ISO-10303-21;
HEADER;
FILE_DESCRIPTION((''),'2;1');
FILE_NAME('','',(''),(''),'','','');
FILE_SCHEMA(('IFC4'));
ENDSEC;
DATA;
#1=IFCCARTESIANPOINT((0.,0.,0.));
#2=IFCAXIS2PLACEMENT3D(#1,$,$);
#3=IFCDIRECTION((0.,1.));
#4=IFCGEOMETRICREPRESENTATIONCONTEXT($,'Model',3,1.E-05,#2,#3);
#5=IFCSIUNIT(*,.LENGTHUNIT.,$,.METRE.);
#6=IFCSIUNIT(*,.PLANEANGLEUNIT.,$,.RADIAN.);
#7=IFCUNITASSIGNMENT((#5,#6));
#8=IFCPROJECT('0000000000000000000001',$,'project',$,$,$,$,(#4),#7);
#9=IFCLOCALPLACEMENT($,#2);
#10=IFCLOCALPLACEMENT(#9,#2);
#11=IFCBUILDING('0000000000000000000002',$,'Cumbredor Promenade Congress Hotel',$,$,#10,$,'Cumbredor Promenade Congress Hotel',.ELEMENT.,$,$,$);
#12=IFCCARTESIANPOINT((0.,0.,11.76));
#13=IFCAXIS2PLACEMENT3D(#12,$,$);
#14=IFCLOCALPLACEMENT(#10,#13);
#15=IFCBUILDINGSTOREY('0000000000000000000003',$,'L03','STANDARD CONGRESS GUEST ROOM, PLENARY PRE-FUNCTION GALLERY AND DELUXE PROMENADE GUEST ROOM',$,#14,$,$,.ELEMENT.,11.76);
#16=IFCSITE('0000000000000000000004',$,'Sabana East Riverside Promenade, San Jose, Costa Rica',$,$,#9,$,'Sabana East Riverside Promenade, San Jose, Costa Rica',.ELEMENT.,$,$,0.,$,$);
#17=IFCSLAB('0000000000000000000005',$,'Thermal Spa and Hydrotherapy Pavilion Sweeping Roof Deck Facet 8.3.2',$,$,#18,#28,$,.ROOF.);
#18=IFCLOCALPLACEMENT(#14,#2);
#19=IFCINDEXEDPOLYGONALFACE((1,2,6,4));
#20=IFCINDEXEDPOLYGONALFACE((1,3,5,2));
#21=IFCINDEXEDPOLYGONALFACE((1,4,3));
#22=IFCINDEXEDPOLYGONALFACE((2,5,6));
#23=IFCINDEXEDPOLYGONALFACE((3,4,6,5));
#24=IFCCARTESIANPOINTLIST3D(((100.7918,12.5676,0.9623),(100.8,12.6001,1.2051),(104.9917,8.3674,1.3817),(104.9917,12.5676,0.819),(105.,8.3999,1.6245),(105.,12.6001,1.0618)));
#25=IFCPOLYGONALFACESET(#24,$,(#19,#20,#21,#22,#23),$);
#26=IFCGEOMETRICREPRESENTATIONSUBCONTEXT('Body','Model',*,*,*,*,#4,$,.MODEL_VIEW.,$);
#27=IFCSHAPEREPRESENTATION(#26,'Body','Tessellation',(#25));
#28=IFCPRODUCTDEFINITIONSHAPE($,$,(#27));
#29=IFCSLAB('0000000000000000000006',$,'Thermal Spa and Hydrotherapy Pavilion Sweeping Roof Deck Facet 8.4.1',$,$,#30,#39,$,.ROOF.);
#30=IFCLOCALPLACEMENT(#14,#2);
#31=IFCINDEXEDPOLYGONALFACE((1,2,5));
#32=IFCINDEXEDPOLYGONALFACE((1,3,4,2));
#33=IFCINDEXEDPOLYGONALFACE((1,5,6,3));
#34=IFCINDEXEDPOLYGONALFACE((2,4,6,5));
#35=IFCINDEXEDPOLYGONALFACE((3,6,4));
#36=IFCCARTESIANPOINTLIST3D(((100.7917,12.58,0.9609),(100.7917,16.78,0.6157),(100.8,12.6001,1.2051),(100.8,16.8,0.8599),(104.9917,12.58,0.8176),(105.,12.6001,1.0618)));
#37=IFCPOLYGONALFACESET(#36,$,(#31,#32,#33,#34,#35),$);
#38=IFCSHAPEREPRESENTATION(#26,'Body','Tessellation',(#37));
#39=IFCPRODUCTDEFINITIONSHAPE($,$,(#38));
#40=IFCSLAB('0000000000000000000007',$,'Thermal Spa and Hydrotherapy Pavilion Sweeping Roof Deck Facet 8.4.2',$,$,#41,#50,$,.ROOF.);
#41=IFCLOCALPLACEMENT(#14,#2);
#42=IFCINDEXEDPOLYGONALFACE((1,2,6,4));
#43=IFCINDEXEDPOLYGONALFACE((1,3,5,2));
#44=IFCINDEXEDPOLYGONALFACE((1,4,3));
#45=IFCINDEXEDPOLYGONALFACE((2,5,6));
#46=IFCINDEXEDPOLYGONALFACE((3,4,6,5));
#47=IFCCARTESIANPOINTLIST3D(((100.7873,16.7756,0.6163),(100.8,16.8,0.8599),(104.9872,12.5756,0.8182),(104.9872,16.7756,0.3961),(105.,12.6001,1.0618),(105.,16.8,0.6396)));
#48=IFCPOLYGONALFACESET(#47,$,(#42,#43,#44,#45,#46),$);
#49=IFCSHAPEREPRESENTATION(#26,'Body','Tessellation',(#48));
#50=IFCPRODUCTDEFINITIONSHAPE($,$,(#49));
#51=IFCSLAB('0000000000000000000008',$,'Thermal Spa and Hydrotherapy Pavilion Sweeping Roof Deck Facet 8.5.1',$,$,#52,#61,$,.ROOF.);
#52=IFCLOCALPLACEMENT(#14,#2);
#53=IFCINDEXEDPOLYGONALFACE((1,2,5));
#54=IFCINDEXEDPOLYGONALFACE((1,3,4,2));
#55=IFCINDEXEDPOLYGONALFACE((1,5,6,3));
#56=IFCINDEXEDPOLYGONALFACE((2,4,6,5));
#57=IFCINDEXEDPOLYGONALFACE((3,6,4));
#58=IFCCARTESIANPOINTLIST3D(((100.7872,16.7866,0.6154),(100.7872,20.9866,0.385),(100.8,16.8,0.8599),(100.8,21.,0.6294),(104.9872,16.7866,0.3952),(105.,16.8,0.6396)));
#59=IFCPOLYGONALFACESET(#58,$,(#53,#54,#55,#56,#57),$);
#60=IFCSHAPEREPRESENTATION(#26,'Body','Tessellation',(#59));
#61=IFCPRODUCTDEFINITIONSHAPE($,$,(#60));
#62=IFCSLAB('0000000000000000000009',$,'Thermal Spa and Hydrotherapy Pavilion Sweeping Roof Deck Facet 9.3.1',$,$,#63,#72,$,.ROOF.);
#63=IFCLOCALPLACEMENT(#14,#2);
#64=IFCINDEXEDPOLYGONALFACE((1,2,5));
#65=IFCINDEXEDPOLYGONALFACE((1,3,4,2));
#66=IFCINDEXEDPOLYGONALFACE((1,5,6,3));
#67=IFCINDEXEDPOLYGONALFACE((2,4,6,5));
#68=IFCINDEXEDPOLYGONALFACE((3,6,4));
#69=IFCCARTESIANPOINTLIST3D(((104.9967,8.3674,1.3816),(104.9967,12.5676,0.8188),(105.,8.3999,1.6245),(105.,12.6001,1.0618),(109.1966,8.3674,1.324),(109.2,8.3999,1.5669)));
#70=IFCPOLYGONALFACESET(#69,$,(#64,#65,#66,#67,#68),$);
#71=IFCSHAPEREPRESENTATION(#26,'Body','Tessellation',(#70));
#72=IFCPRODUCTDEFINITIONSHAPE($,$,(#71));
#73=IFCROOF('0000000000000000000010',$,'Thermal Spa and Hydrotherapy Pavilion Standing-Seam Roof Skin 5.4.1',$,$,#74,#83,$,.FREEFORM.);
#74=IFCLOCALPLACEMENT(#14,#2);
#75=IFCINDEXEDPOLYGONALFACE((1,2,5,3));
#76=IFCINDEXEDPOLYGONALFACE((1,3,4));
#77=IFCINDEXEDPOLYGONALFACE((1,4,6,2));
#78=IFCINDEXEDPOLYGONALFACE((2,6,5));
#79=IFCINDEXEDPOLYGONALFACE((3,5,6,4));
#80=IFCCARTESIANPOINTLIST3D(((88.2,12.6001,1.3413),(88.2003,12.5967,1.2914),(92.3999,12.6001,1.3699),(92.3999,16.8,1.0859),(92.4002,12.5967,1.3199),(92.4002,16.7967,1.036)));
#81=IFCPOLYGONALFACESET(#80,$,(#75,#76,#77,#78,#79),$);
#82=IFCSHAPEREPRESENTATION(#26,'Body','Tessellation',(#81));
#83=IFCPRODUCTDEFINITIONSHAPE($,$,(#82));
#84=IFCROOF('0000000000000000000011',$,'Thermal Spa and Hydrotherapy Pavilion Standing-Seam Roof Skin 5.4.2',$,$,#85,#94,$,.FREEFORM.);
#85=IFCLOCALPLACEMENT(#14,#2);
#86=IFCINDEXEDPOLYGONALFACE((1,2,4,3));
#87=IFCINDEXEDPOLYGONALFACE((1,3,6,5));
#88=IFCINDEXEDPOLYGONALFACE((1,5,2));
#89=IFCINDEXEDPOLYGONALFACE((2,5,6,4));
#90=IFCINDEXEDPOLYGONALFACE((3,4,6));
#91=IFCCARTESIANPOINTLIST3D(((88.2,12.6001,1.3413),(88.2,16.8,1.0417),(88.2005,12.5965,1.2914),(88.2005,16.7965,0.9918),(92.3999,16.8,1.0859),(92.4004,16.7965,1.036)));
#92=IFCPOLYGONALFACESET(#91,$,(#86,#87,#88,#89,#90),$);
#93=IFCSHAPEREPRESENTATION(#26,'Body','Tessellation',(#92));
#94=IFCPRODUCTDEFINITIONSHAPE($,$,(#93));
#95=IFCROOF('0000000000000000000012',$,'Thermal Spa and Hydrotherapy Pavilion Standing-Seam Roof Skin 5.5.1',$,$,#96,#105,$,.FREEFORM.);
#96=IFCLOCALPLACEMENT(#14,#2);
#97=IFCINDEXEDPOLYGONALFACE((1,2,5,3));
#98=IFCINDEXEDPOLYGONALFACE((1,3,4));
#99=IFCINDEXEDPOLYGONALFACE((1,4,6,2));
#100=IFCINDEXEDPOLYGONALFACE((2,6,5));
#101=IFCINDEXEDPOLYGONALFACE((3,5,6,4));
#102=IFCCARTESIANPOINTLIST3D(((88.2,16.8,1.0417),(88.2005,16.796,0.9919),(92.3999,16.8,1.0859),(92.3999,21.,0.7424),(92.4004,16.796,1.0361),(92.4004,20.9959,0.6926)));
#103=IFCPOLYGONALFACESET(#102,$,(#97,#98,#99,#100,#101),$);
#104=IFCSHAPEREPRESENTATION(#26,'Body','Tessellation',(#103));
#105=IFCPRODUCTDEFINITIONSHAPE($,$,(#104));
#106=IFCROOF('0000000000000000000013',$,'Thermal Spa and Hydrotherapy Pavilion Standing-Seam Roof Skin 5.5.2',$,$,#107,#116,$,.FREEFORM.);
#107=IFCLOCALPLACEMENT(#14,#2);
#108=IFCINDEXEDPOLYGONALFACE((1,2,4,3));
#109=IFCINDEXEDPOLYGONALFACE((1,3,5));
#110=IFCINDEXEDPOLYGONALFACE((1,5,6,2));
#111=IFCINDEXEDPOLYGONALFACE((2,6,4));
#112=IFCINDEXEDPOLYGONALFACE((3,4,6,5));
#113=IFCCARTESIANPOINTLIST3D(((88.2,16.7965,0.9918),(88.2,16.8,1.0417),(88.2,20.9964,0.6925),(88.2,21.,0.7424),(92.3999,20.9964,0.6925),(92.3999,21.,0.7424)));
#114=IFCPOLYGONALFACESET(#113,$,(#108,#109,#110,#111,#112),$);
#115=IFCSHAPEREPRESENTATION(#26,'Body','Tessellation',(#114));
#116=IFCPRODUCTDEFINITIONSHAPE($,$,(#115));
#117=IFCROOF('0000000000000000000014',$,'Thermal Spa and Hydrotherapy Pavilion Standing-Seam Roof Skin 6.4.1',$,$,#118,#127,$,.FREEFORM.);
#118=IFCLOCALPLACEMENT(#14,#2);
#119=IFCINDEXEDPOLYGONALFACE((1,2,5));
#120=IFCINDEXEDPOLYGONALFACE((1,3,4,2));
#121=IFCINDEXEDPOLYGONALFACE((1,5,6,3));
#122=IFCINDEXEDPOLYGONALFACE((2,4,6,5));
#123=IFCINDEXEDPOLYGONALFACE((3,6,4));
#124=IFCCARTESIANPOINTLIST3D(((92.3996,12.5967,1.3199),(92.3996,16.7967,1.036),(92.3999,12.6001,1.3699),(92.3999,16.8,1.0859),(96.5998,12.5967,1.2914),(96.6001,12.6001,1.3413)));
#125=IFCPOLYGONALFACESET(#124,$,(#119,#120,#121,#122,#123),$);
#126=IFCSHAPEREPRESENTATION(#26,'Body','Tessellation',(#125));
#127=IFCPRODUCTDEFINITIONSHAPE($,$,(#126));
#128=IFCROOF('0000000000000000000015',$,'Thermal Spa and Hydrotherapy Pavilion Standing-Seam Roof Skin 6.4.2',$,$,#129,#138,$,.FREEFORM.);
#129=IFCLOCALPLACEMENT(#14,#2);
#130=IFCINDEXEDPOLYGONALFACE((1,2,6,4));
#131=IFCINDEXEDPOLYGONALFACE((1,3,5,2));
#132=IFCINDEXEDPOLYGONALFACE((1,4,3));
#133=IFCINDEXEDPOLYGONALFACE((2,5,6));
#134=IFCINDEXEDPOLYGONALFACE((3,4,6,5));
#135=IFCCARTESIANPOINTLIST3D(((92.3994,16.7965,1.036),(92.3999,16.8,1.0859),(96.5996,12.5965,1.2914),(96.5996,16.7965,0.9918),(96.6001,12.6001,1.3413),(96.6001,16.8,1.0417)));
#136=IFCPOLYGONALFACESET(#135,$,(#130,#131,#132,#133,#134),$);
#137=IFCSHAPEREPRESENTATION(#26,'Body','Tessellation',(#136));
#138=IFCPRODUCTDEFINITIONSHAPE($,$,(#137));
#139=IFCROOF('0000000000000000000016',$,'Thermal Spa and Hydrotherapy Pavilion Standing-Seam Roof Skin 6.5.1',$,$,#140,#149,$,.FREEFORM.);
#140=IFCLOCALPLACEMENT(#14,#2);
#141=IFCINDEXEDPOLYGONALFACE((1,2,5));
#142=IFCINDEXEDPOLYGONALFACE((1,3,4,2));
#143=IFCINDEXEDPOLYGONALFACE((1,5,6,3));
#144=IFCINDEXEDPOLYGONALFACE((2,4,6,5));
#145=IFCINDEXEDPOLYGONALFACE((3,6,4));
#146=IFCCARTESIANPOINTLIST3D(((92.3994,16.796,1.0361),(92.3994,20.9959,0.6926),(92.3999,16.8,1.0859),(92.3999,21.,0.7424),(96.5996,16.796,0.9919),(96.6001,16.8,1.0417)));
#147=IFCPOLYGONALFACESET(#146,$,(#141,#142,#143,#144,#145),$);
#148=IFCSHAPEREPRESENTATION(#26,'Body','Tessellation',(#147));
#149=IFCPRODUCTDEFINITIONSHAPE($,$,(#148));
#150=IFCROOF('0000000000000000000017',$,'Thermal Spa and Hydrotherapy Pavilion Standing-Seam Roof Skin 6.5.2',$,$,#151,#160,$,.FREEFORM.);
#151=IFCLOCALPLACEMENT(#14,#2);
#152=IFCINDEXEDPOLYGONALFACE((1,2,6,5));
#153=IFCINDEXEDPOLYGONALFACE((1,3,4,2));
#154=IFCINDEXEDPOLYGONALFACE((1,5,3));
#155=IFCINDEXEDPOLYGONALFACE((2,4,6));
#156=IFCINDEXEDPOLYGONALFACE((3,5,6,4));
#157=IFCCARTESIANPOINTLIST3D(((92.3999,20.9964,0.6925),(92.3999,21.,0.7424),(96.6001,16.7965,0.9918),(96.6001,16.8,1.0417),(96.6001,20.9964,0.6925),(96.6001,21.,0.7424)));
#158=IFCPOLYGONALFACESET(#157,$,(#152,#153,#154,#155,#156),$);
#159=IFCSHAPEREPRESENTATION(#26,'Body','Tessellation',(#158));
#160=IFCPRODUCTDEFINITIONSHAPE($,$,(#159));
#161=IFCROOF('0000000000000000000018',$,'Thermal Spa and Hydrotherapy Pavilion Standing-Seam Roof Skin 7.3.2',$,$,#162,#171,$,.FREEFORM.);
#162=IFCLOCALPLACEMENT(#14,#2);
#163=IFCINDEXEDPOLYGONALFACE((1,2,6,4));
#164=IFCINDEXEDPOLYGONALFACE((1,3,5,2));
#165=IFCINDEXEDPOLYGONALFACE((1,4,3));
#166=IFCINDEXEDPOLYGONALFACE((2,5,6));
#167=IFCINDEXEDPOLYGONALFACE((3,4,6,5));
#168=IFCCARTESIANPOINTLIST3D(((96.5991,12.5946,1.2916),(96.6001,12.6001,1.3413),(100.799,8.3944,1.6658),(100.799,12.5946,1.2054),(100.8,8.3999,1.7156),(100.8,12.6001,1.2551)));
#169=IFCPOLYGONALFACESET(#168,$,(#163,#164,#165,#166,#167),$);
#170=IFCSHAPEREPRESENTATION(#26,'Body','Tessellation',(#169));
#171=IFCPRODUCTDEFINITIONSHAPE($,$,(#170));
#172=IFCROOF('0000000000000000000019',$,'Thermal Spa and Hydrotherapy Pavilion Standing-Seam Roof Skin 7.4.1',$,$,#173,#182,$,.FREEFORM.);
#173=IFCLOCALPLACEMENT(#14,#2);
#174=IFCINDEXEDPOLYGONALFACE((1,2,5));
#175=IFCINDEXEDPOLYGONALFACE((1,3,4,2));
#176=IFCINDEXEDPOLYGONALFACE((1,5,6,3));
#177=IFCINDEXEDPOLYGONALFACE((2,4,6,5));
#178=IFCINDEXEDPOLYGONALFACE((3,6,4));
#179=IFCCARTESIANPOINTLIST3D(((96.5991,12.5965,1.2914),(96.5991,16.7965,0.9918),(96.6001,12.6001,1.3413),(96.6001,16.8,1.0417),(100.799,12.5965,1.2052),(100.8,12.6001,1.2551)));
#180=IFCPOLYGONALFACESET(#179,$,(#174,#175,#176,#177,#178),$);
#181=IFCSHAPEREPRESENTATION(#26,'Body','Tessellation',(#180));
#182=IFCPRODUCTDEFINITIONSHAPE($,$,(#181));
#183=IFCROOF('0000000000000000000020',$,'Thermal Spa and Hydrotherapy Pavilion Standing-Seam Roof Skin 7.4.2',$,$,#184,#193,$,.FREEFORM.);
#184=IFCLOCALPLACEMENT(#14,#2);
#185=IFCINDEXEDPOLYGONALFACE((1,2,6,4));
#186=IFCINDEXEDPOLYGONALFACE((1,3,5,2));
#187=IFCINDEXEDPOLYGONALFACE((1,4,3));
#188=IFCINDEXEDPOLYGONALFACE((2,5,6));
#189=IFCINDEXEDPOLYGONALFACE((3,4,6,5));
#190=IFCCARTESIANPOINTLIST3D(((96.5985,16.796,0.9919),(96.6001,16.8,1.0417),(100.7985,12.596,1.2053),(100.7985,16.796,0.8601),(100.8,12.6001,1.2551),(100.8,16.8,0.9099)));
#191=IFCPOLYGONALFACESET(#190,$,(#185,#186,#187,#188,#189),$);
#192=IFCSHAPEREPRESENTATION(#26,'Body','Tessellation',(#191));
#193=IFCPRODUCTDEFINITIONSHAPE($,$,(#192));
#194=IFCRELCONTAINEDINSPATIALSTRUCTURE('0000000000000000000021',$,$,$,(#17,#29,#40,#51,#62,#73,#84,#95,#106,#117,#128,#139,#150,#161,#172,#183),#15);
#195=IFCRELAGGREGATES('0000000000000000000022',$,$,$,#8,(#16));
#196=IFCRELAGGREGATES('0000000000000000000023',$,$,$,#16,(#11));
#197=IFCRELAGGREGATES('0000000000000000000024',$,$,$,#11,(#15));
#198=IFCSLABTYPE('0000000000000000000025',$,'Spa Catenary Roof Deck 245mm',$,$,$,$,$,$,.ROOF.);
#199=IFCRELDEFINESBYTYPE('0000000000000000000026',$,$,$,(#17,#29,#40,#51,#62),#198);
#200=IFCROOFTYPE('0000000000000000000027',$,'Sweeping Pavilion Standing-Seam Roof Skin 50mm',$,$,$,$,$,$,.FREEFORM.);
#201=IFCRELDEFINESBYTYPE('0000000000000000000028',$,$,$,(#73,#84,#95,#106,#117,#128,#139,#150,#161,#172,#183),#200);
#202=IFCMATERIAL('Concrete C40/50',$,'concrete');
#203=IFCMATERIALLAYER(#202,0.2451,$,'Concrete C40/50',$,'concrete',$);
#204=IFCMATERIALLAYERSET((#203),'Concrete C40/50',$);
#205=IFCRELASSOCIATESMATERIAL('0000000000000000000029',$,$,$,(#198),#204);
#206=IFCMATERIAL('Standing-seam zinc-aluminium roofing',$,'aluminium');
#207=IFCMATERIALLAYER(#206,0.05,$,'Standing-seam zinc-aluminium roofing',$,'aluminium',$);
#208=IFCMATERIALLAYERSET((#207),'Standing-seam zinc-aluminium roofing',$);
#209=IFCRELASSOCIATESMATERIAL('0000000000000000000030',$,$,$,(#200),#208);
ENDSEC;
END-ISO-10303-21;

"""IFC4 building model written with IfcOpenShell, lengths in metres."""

from ifc_helpers import new_model, si_unit, direction, frame, origin, place, context, subcontext, project, spatial, polyline, outline, extrude, material, layer, layer_set, type_object, element, save


model = new_model("IFC4")

# Units and contexts
model_context = context("Model", 3, precision=1e-05, world=origin(), true_north=direction((0.0, 1.0)))
body_context = subcontext(model_context, "Body", "Model", "MODEL_VIEW")
ifc_project = project(units=[si_unit("LENGTHUNIT", "METRE"), si_unit("PLANEANGLEUNIT", "RADIAN")], contexts=[model_context])

# Site, building, storey
site_placement = place(None, origin())
site = spatial("IfcSite", under=ifc_project, at=site_placement, Name="Sabana East Riverside Promenade, San Jose, Costa Rica", LongName="Sabana East Riverside Promenade, San Jose, Costa Rica", CompositionType="ELEMENT", RefElevation=0.0)
building_placement = place(site_placement, origin())
building = spatial("IfcBuilding", under=site, at=building_placement, Name="Cumbredor Promenade Congress Hotel", LongName="Cumbredor Promenade Congress Hotel", CompositionType="ELEMENT")
storey_placement = place(building_placement, frame((0.0, 0.0, 11.76)))
storey = spatial("IfcBuildingStorey", under=building, at=storey_placement, Name="L03", Description="STANDARD CONGRESS GUEST ROOM, PLENARY PRE-FUNCTION GALLERY AND DELUXE PROMENADE GUEST ROOM", CompositionType="ELEMENT", Elevation=11.76)

# Slabs
ifc_material_1 = material(Name="Concrete C40/50", Category="concrete")
ifc_layer_1 = layer(ifc_material_1, 0.2451, Name="Concrete C40/50", Category="concrete")
ifc_layer_set_1 = layer_set([ifc_layer_1], Name="Concrete C40/50")
slab_type = type_object("IfcSlabType", Name="Spa Catenary Roof Deck 245mm", PredefinedType="ROOF", material=ifc_layer_set_1)
slab_1_placement = place(storey_placement, frame((105.0, 8.3999, 1.6245), z_axis=(0.0338, 0.132718, 0.990577), x_axis=(0.0, 0.991144, -0.132794)))
element("IfcSlab", 1, at=slab_1_placement, inside=storey, type_object=slab_type, Name="Thermal Spa and Hydrotherapy Pavilion Sweeping Roof Deck Facet 8.3.2", PredefinedType="ROOF", context=body_context, shape_type="SweptSolid", body=[
    extrude(outline(polyline([(0.0, 0.0), (4.2377, 0.0), (4.2187, 4.2024), (0.0, 0.0)])), origin(), (0.0, 0.0, -1.0), 0.2451),
])
slab_2_placement = place(storey_placement, frame((100.8, 12.6001, 1.2051), z_axis=(0.033988, 0.081871, 0.996063), x_axis=(0.999418, 0.0, -0.034102)))
element("IfcSlab", 2, at=slab_2_placement, inside=storey, type_object=slab_type, Name="Thermal Spa and Hydrotherapy Pavilion Sweeping Roof Deck Facet 8.4.1", PredefinedType="ROOF", context=body_context, shape_type="SweptSolid", body=[
    extrude(outline(polyline([(0.0, 0.0), (4.2024, 0.0), (0.0118, 4.2141), (0.0, 0.0)])), origin(), (0.0, 0.0, -1.0), 0.2451),
])
slab_3_placement = place(storey_placement, frame((105.0, 12.6001, 1.0618), z_axis=(0.052099, 0.099866, 0.993636), x_axis=(0.0, 0.994987, -0.100002)))
element("IfcSlab", 3, at=slab_3_placement, inside=storey, type_object=slab_type, Name="Thermal Spa and Hydrotherapy Pavilion Sweeping Roof Deck Facet 8.4.2", PredefinedType="ROOF", context=body_context, shape_type="SweptSolid", body=[
    extrude(outline(polyline([(0.0, 0.0), (4.2211, 0.0), (4.1991, 4.2057), (0.0, 0.0)])), origin(), (0.0, 0.0, -1.0), 0.2451),
])
slab_4_placement = place(storey_placement, frame((100.8, 16.8, 0.8599), z_axis=(0.052282, 0.054717, 0.997132), x_axis=(0.998628, 0.0, -0.052361)))
element("IfcSlab", 4, at=slab_4_placement, inside=storey, type_object=slab_type, Name="Thermal Spa and Hydrotherapy Pavilion Sweeping Roof Deck Facet 8.5.1", PredefinedType="ROOF", context=body_context, shape_type="SweptSolid", body=[
    extrude(outline(polyline([(0.0, 0.0), (4.2057, 0.0), (0.0121, 4.2063), (0.0, 0.0)])), origin(), (0.0, 0.0, -1.0), 0.2451),
])
slab_5_placement = place(storey_placement, frame((105.0, 8.3999, 1.6245), z_axis=(0.013596, 0.132782, 0.991052), x_axis=(0.999906, 0.0, -0.013717)))
element("IfcSlab", 5, at=slab_5_placement, inside=storey, type_object=slab_type, Name="Thermal Spa and Hydrotherapy Pavilion Sweeping Roof Deck Facet 9.3.1", PredefinedType="ROOF", context=body_context, shape_type="SweptSolid", body=[
    extrude(outline(polyline([(0.0, 0.0), (4.2003, 0.0), (0.0077, 4.2377), (0.0, 0.0)])), origin(), (0.0, 0.0, -1.0), 0.2451),
])

# Roofs
ifc_material_2 = material(Name="Standing-seam zinc-aluminium roofing", Category="aluminium")
ifc_layer_2 = layer(ifc_material_2, 0.05, Name="Standing-seam zinc-aluminium roofing", Category="aluminium")
ifc_layer_set_2 = layer_set([ifc_layer_2], Name="Standing-seam zinc-aluminium roofing")
roof_type = type_object("IfcRoofType", Name="Sweeping Pavilion Standing-Seam Roof Skin 50mm", PredefinedType="FREEFORM", material=ifc_layer_set_2)
roof_1_placement = place(storey_placement, frame((88.2, 12.6001, 1.3413), z_axis=(-0.006785, 0.067449, 0.9977), x_axis=(0.999977, 0.0, 0.006801)))
element("IfcRoof", 6, at=roof_1_placement, inside=storey, type_object=roof_type, Name="Thermal Spa and Hydrotherapy Pavilion Standing-Seam Roof Skin 5.4.1", PredefinedType="FREEFORM", context=body_context, shape_type="SweptSolid", body=[
    extrude(outline(polyline([(0.0, 0.0), (4.2, 0.0), (4.1981, 4.2095), (0.0, 0.0)])), origin(), (0.0, 0.0, -1.0), 0.05),
])
roof_2_placement = place(storey_placement, frame((88.2, 12.6001, 1.3413), z_axis=(-0.010494, 0.07114, 0.997411), x_axis=(0.706454, 0.706454, -0.042955)))
element("IfcRoof", 7, at=roof_2_placement, inside=storey, type_object=roof_type, Name="Thermal Spa and Hydrotherapy Pavilion Standing-Seam Roof Skin 5.4.2", PredefinedType="FREEFORM", context=body_context, shape_type="SweptSolid", body=[
    extrude(outline(polyline([(0.0, 0.0), (5.9451, 0.0), (2.9799, 2.9748), (0.0, 0.0)])), origin(), (0.0, 0.0, -1.0), 0.05),
])
roof_3_placement = place(storey_placement, frame((88.2, 16.8, 1.0417), z_axis=(-0.010486, 0.081511, 0.996617), x_axis=(0.999945, 0.0, 0.010521)))
element("IfcRoof", 8, at=roof_3_placement, inside=storey, type_object=roof_type, Name="Thermal Spa and Hydrotherapy Pavilion Standing-Seam Roof Skin 5.5.1", PredefinedType="FREEFORM", context=body_context, shape_type="SweptSolid", body=[
    extrude(outline(polyline([(0.0, 0.0), (4.2002, 0.0), (4.1966, 4.214), (0.0, 0.0)])), origin(), (0.0, 0.0, -1.0), 0.05),
])
roof_4_placement = place(storey_placement, frame((88.2, 16.8, 1.0417), z_axis=(0.0, 0.071086, 0.99747), x_axis=(0.706211, 0.706211, -0.050329)))
element("IfcRoof", 9, at=roof_4_placement, inside=storey, type_object=roof_type, Name="Thermal Spa and Hydrotherapy Pavilion Standing-Seam Roof Skin 5.5.2", PredefinedType="FREEFORM", context=body_context, shape_type="SweptSolid", body=[
    extrude(outline(polyline([(0.0, 0.0), (5.9472, 0.0), (2.9811, 2.9736), (0.0, 0.0)])), origin(), (0.0, 0.0, -1.0), 0.05),
])
roof_5_placement = place(storey_placement, frame((92.3999, 12.6001, 1.3699), z_axis=(0.006785, 0.067449, 0.9977), x_axis=(0.999977, 0.0, -0.006801)))
element("IfcRoof", 10, at=roof_5_placement, inside=storey, type_object=roof_type, Name="Thermal Spa and Hydrotherapy Pavilion Standing-Seam Roof Skin 6.4.1", PredefinedType="FREEFORM", context=body_context, shape_type="SweptSolid", body=[
    extrude(outline(polyline([(0.0, 0.0), (4.2003, 0.0), (0.0019, 4.2095), (0.0, 0.0)])), origin(), (0.0, 0.0, -1.0), 0.05),
])
roof_6_placement = place(storey_placement, frame((96.6001, 12.6001, 1.3413), z_axis=(0.010494, 0.07114, 0.997411), x_axis=(0.0, 0.997466, -0.071144)))
element("IfcRoof", 11, at=roof_6_placement, inside=storey, type_object=roof_type, Name="Thermal Spa and Hydrotherapy Pavilion Standing-Seam Roof Skin 6.4.2", PredefinedType="FREEFORM", context=body_context, shape_type="SweptSolid", body=[
    extrude(outline(polyline([(0.0, 0.0), (4.2106, 0.0), (4.2075, 4.2004), (0.0, 0.0)])), origin(), (0.0, 0.0, -1.0), 0.05),
])
roof_7_placement = place(storey_placement, frame((92.3999, 16.8, 1.0859), z_axis=(0.010485, 0.081511, 0.996617), x_axis=(0.999945, 0.0, -0.01052)))
element("IfcRoof", 12, at=roof_7_placement, inside=storey, type_object=roof_type, Name="Thermal Spa and Hydrotherapy Pavilion Standing-Seam Roof Skin 6.5.1", PredefinedType="FREEFORM", context=body_context, shape_type="SweptSolid", body=[
    extrude(outline(polyline([(0.0, 0.0), (4.2004, 0.0), (0.0036, 4.214), (0.0, 0.0)])), origin(), (0.0, 0.0, -1.0), 0.05),
])
roof_8_placement = place(storey_placement, frame((96.6001, 16.8, 1.0417), z_axis=(0.0, 0.071086, 0.99747), x_axis=(0.0, 0.99747, -0.071086)))
element("IfcRoof", 13, at=roof_8_placement, inside=storey, type_object=roof_type, Name="Thermal Spa and Hydrotherapy Pavilion Standing-Seam Roof Skin 6.5.2", PredefinedType="FREEFORM", context=body_context, shape_type="SweptSolid", body=[
    extrude(outline(polyline([(0.0, 0.0), (4.2106, 0.0), (4.2106, 4.2002), (0.0, 0.0)])), origin(), (0.0, 0.0, -1.0), 0.05),
])
roof_9_placement = place(storey_placement, frame((100.8, 8.3999, 1.7156), z_axis=(0.020393, 0.10895, 0.993838), x_axis=(0.0, 0.994045, -0.108973)))
element("IfcRoof", 14, at=roof_9_placement, inside=storey, type_object=roof_type, Name="Thermal Spa and Hydrotherapy Pavilion Standing-Seam Roof Skin 7.3.2", PredefinedType="FREEFORM", context=body_context, shape_type="SweptSolid", body=[
    extrude(outline(polyline([(0.0, 0.0), (4.2254, 0.0), (4.216, 4.2008), (0.0, 0.0)])), origin(), (0.0, 0.0, -1.0), 0.05),
])
roof_10_placement = place(storey_placement, frame((96.6001, 12.6001, 1.3413), z_axis=(0.020463, 0.071129, 0.997257), x_axis=(0.99979, 0.0, -0.020515)))
element("IfcRoof", 15, at=roof_10_placement, inside=storey, type_object=roof_type, Name="Thermal Spa and Hydrotherapy Pavilion Standing-Seam Roof Skin 7.4.1", PredefinedType="FREEFORM", context=body_context, shape_type="SweptSolid", body=[
    extrude(outline(polyline([(0.0, 0.0), (4.2008, 0.0), (0.0061, 4.2106), (0.0, 0.0)])), origin(), (0.0, 0.0, -1.0), 0.05),
])
roof_11_placement = place(storey_placement, frame((100.8, 12.6001, 1.2551), z_axis=(0.031269, 0.081879, 0.996152), x_axis=(0.0, 0.996639, -0.081919)))
element("IfcRoof", 16, at=roof_11_placement, inside=storey, type_object=roof_type, Name="Thermal Spa and Hydrotherapy Pavilion Standing-Seam Roof Skin 7.4.2", PredefinedType="FREEFORM", context=body_context, shape_type="SweptSolid", body=[
    extrude(outline(polyline([(0.0, 0.0), (4.2141, 0.0), (4.2033, 4.202), (0.0, 0.0)])), origin(), (0.0, 0.0, -1.0), 0.05),
])

save(model, "model.ifc")
